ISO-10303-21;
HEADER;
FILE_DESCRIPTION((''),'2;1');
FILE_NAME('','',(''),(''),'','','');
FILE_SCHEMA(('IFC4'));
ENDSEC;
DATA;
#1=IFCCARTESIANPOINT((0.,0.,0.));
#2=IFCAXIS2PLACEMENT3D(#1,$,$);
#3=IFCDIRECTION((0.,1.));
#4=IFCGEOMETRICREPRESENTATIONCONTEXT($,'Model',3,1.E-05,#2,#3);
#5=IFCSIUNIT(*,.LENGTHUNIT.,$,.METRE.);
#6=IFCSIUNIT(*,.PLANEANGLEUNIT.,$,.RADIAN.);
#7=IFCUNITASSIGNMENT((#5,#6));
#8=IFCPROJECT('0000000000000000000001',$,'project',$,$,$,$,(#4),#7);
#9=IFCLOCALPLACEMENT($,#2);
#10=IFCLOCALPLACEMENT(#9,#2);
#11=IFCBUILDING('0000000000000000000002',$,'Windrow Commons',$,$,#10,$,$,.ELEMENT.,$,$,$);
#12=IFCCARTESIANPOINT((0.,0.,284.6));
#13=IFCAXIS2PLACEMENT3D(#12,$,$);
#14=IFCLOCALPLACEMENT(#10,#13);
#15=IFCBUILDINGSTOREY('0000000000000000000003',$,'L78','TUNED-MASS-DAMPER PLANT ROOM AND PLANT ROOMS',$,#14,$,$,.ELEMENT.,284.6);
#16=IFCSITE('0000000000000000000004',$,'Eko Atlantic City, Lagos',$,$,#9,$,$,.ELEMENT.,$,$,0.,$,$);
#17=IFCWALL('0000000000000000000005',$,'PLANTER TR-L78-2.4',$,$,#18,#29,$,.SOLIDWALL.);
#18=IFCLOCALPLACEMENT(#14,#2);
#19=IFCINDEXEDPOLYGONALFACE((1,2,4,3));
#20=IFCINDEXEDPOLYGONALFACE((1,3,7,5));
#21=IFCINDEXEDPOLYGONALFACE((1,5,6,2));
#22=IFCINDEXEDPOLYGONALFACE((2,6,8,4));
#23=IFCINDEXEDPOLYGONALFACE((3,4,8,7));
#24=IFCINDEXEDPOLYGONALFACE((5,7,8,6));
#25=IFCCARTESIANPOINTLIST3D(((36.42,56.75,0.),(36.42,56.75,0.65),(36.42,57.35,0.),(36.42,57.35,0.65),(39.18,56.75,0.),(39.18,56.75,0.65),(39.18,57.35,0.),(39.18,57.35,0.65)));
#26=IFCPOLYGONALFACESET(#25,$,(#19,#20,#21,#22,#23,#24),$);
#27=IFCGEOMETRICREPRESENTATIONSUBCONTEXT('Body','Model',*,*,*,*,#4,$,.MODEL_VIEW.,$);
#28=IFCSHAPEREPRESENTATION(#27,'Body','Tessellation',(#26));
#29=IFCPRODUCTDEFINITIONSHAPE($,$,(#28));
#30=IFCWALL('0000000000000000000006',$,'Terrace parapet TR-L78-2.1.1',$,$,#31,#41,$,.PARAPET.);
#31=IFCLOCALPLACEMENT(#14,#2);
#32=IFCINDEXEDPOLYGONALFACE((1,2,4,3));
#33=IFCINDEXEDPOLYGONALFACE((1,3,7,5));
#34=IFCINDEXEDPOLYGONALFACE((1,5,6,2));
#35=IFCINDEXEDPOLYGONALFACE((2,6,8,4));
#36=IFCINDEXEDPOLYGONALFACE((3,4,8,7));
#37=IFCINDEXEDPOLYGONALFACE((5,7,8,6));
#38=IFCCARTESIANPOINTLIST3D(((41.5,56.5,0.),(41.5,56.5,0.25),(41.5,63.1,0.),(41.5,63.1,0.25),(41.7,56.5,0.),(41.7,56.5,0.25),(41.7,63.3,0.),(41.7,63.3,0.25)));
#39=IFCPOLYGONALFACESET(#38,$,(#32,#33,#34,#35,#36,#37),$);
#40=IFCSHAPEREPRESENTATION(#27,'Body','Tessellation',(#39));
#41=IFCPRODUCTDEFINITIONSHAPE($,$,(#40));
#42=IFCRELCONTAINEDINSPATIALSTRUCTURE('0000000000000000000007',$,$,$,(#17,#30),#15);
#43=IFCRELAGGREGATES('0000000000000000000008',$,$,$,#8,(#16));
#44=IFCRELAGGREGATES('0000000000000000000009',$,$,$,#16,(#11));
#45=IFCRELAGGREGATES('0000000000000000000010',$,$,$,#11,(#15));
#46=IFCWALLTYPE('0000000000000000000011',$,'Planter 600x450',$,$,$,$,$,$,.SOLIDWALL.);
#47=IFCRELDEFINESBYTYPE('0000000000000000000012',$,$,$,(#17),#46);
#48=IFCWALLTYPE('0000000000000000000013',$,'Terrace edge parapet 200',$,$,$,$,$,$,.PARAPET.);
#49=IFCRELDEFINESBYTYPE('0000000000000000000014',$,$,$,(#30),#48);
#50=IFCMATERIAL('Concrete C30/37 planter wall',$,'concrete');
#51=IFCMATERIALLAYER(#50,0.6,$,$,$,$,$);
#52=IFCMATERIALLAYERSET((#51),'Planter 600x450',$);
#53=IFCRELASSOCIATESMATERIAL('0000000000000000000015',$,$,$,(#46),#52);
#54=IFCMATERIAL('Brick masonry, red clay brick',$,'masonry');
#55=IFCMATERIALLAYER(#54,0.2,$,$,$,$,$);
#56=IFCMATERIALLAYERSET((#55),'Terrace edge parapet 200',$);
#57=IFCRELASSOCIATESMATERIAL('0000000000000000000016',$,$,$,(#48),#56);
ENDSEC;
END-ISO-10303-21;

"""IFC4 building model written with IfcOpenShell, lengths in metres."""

from ifc_helpers import new_model, si_unit, direction, frame, frame_2d, origin, place, context, subcontext, project, spatial, polyline, rectangle, outline, extrude, material, layer, layer_set, type_object, element, save


model = new_model("IFC4")

# Units and contexts
model_context = context("Model", 3, precision=1e-05, world=origin(), true_north=direction((0.0, 1.0)))
body_context = subcontext(model_context, "Body", "Model", "MODEL_VIEW")
ifc_project = project(units=[si_unit("LENGTHUNIT", "METRE"), si_unit("PLANEANGLEUNIT", "RADIAN")], contexts=[model_context])

# Site, building, storey
site_placement = place(None, origin())
site = spatial("IfcSite", under=ifc_project, at=site_placement, Name="Eko Atlantic City, Lagos", CompositionType="ELEMENT", RefElevation=0.0)
building_placement = place(site_placement, origin())
building = spatial("IfcBuilding", under=site, at=building_placement, Name="Windrow Commons", CompositionType="ELEMENT")
storey_placement = place(building_placement, frame((0.0, 0.0, 284.6)))
storey = spatial("IfcBuildingStorey", under=building, at=storey_placement, Name="L78", Description="TUNED-MASS-DAMPER PLANT ROOM AND PLANT ROOMS", CompositionType="ELEMENT", Elevation=284.6)

# Walls
ifc_material_1 = material(Name="Concrete C30/37 planter wall", Category="concrete")
ifc_layer_1 = layer(ifc_material_1, 0.6)
ifc_layer_set_1 = layer_set([ifc_layer_1], Name="Planter 600x450")
wall_type_1 = type_object("IfcWallType", Name="Planter 600x450", PredefinedType="SOLIDWALL", material=ifc_layer_set_1)
wall_1_placement = place(storey_placement, frame((36.42, 57.05, 0.0), z_axis=(0.0, 0.0, 1.0), x_axis=(1.0, 0.0, 0.0)))
element("IfcWall", 1, at=wall_1_placement, inside=storey, type_object=wall_type_1, Name="PLANTER TR-L78-2.4", PredefinedType="SOLIDWALL", context=body_context, shape_type="SweptSolid", body=[
    extrude(rectangle(XDim=2.76, YDim=0.6, at=frame_2d((1.38, 0.0))), origin(), (0.0, 0.0, 1.0), 0.65),
])
ifc_material_2 = material(Name="Brick masonry, red clay brick", Category="masonry")
ifc_layer_2 = layer(ifc_material_2, 0.2)
ifc_layer_set_2 = layer_set([ifc_layer_2], Name="Terrace edge parapet 200")
wall_type_2 = type_object("IfcWallType", Name="Terrace edge parapet 200", PredefinedType="PARAPET", material=ifc_layer_set_2)
wall_2_placement = place(storey_placement, frame((41.6, 56.5, 0.0), z_axis=(0.0, 0.0, 1.0), x_axis=(0.0, 1.0, 0.0)))
element("IfcWall", 2, at=wall_2_placement, inside=storey, type_object=wall_type_2, Name="Terrace parapet TR-L78-2.1.1", PredefinedType="PARAPET", context=body_context, shape_type="SweptSolid", body=[
    extrude(outline(polyline([(0.0, -0.1), (6.8, -0.1), (6.6, 0.1), (0.0, 0.1), (0.0, -0.1)])), origin(), (0.0, 0.0, 1.0), 0.25),
])

save(model, "model.ifc")
